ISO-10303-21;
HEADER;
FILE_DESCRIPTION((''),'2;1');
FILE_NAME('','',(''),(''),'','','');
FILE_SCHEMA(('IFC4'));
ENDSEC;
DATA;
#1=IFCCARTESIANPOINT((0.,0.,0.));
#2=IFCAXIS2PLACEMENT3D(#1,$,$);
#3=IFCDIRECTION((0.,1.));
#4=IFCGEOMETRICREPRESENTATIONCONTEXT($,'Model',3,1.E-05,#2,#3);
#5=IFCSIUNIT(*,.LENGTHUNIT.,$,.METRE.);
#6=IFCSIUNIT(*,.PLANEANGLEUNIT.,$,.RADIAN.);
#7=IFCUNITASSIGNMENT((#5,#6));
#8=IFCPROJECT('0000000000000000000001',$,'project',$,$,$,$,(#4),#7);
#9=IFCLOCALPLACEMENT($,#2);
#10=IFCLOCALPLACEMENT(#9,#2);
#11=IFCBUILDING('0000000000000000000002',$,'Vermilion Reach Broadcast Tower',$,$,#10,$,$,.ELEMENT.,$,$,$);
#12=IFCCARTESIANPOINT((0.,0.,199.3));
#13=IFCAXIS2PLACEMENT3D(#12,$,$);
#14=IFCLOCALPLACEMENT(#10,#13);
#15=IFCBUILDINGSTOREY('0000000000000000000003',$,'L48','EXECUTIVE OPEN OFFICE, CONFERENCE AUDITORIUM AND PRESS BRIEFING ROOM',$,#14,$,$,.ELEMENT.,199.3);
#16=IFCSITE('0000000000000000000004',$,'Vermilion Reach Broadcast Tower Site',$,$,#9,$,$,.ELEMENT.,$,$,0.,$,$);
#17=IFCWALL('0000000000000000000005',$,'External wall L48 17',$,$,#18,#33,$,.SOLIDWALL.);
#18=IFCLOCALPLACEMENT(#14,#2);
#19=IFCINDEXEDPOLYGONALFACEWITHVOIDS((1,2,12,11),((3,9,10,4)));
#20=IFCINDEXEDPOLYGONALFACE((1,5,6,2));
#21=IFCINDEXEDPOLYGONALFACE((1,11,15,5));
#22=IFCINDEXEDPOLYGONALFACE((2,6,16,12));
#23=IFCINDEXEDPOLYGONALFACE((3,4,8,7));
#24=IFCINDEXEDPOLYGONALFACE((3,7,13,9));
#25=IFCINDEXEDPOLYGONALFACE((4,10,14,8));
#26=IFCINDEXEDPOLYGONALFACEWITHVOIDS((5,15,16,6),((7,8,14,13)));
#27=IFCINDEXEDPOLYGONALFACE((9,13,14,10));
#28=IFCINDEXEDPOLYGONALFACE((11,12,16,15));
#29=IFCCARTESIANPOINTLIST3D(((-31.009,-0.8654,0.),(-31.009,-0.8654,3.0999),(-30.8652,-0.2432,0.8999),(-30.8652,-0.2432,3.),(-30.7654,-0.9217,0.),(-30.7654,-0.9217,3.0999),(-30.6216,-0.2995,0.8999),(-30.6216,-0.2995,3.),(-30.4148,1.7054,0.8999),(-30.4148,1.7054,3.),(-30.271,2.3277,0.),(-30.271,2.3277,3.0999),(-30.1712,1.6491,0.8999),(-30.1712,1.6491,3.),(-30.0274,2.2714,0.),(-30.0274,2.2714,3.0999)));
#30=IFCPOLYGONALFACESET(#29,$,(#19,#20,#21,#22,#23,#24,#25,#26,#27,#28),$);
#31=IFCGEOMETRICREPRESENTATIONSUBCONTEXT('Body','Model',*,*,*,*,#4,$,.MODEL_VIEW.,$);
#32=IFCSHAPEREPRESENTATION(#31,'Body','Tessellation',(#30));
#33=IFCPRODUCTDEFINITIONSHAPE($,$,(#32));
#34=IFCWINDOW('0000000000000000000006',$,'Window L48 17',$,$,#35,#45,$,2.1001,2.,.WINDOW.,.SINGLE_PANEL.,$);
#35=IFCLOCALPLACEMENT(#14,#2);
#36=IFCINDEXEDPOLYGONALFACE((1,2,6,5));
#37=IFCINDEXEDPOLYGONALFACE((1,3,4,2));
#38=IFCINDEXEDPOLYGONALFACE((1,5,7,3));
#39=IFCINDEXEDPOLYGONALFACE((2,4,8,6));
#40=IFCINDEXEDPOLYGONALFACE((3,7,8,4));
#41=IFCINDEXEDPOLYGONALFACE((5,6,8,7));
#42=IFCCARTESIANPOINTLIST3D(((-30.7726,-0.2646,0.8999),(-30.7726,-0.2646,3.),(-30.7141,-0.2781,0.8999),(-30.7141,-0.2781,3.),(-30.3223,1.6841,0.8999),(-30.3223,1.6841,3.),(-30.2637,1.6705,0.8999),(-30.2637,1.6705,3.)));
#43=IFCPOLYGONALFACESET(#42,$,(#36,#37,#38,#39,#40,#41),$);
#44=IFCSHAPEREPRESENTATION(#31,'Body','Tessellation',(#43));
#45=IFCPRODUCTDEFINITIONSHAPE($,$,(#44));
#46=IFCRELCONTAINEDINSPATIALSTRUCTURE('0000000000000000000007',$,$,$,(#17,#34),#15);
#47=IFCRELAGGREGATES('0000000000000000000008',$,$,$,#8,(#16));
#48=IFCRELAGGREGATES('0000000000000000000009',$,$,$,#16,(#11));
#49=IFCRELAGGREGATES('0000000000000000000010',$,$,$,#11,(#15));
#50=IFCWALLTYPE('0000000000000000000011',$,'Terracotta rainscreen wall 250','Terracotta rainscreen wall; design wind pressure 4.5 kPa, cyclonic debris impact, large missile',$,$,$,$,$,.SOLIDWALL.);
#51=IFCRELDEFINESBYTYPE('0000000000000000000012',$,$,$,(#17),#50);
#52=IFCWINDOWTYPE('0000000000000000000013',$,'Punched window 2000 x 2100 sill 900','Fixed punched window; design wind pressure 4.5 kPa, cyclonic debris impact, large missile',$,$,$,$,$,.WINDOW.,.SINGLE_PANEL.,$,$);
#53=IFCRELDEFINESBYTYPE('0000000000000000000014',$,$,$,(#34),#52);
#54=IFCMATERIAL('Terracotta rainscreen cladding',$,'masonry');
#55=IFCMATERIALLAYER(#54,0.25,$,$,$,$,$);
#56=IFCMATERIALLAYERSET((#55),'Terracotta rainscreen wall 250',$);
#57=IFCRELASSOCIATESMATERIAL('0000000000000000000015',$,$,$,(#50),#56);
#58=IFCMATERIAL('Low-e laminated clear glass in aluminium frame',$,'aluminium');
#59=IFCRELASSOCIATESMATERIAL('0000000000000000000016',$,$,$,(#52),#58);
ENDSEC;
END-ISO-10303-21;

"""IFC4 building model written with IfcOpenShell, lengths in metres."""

from ifc_helpers import new_model, si_unit, direction, frame, frame_2d, origin, place, context, subcontext, project, spatial, rectangle, extrude, material, layer, layer_set, type_object, element, fill, save


model = new_model("IFC4")

# Units and contexts
model_context = context("Model", 3, precision=1e-05, world=origin(), true_north=direction((0.0, 1.0)))
body_context = subcontext(model_context, "Body", "Model", "MODEL_VIEW")
ifc_project = project(units=[si_unit("LENGTHUNIT", "METRE"), si_unit("PLANEANGLEUNIT", "RADIAN")], contexts=[model_context])

# Site, building, storey
site_placement = place(None, origin())
site = spatial("IfcSite", under=ifc_project, at=site_placement, Name="Vermilion Reach Broadcast Tower Site", CompositionType="ELEMENT", RefElevation=0.0)
building_placement = place(site_placement, origin())
building = spatial("IfcBuilding", under=site, at=building_placement, Name="Vermilion Reach Broadcast Tower", CompositionType="ELEMENT")
storey_placement = place(building_placement, frame((0.0, 0.0, 199.3)))
storey = spatial("IfcBuildingStorey", under=building, at=storey_placement, Name="L48", Description="EXECUTIVE OPEN OFFICE, CONFERENCE AUDITORIUM AND PRESS BRIEFING ROOM", CompositionType="ELEMENT", Elevation=199.3)

# Shared definitions
ifc_material_1 = material(Name="Terracotta rainscreen cladding", Category="masonry")
ifc_layer_1 = layer(ifc_material_1, 0.25)
ifc_layer_set_1 = layer_set([ifc_layer_1], Name="Terracotta rainscreen wall 250")
wall_type_1 = type_object("IfcWallType", Name="Terracotta rainscreen wall 250", Description="Terracotta rainscreen wall; design wind pressure 4.5 kPa, cyclonic debris impact, large missile", PredefinedType="SOLIDWALL", material=ifc_layer_set_1)
ifc_material_2 = material(Name="Low-e laminated clear glass in aluminium frame", Category="aluminium")
window_type = type_object("IfcWindowType", Name="Punched window 2000 x 2100 sill 900", Description="Fixed punched window; design wind pressure 4.5 kPa, cyclonic debris impact, large missile", PartitioningType="SINGLE_PANEL", PredefinedType="WINDOW", material=ifc_material_2)

# Wall, opening, window
wall_1_placement = place(storey_placement, frame((-30.1492, 2.2996, 0.0), z_axis=(0.0, 0.0, 1.0), x_axis=(-0.225197, -0.974313, 0.0)))
wall_1 = element("IfcWall", 1, at=wall_1_placement, inside=storey, type_object=wall_type_1, Name="External wall L48 17", PredefinedType="SOLIDWALL", context=body_context, shape_type="SweptSolid", body=[
    extrude(rectangle(XDim=3.2773, YDim=0.25, at=frame_2d((1.6387, 0.0))), origin(), (0.0, 0.0, 1.0), 3.0999),
])
opening_1_placement = place(wall_1_placement, frame((0.6387, 0.0, 0.8999)))
opening_1 = element("IfcOpeningElement", 2, at=opening_1_placement, cuts=wall_1, PredefinedType="OPENING", context=body_context, shape_type="SweptSolid", body=[
    extrude(rectangle(XDim=2.0, YDim=2.1001, at=frame_2d((1.0, 1.05))), frame((0.0, 0.135, 0.0), z_axis=(0.0, -1.0, 0.0), x_axis=(1.0, 0.0, 0.0)), (0.0, 0.0, 1.0), 0.27),
])
window_1_placement = place(opening_1_placement, origin())
window_1 = element("IfcWindow", 3, at=window_1_placement, inside=storey, type_object=window_type, Name="Window L48 17", OverallHeight=2.1001, OverallWidth=2.0, PartitioningType="SINGLE_PANEL", PredefinedType="WINDOW", context=body_context, shape_type="SweptSolid", body=[
    extrude(rectangle(XDim=2.0, YDim=2.1001, at=frame_2d((1.0, 1.05))), frame((0.0, 0.03, 0.0), z_axis=(0.0, -1.0, 0.0), x_axis=(1.0, 0.0, 0.0)), (0.0, 0.0, 1.0), 0.0601),
])
fill(opening_1, window_1)

save(model, "model.ifc")
